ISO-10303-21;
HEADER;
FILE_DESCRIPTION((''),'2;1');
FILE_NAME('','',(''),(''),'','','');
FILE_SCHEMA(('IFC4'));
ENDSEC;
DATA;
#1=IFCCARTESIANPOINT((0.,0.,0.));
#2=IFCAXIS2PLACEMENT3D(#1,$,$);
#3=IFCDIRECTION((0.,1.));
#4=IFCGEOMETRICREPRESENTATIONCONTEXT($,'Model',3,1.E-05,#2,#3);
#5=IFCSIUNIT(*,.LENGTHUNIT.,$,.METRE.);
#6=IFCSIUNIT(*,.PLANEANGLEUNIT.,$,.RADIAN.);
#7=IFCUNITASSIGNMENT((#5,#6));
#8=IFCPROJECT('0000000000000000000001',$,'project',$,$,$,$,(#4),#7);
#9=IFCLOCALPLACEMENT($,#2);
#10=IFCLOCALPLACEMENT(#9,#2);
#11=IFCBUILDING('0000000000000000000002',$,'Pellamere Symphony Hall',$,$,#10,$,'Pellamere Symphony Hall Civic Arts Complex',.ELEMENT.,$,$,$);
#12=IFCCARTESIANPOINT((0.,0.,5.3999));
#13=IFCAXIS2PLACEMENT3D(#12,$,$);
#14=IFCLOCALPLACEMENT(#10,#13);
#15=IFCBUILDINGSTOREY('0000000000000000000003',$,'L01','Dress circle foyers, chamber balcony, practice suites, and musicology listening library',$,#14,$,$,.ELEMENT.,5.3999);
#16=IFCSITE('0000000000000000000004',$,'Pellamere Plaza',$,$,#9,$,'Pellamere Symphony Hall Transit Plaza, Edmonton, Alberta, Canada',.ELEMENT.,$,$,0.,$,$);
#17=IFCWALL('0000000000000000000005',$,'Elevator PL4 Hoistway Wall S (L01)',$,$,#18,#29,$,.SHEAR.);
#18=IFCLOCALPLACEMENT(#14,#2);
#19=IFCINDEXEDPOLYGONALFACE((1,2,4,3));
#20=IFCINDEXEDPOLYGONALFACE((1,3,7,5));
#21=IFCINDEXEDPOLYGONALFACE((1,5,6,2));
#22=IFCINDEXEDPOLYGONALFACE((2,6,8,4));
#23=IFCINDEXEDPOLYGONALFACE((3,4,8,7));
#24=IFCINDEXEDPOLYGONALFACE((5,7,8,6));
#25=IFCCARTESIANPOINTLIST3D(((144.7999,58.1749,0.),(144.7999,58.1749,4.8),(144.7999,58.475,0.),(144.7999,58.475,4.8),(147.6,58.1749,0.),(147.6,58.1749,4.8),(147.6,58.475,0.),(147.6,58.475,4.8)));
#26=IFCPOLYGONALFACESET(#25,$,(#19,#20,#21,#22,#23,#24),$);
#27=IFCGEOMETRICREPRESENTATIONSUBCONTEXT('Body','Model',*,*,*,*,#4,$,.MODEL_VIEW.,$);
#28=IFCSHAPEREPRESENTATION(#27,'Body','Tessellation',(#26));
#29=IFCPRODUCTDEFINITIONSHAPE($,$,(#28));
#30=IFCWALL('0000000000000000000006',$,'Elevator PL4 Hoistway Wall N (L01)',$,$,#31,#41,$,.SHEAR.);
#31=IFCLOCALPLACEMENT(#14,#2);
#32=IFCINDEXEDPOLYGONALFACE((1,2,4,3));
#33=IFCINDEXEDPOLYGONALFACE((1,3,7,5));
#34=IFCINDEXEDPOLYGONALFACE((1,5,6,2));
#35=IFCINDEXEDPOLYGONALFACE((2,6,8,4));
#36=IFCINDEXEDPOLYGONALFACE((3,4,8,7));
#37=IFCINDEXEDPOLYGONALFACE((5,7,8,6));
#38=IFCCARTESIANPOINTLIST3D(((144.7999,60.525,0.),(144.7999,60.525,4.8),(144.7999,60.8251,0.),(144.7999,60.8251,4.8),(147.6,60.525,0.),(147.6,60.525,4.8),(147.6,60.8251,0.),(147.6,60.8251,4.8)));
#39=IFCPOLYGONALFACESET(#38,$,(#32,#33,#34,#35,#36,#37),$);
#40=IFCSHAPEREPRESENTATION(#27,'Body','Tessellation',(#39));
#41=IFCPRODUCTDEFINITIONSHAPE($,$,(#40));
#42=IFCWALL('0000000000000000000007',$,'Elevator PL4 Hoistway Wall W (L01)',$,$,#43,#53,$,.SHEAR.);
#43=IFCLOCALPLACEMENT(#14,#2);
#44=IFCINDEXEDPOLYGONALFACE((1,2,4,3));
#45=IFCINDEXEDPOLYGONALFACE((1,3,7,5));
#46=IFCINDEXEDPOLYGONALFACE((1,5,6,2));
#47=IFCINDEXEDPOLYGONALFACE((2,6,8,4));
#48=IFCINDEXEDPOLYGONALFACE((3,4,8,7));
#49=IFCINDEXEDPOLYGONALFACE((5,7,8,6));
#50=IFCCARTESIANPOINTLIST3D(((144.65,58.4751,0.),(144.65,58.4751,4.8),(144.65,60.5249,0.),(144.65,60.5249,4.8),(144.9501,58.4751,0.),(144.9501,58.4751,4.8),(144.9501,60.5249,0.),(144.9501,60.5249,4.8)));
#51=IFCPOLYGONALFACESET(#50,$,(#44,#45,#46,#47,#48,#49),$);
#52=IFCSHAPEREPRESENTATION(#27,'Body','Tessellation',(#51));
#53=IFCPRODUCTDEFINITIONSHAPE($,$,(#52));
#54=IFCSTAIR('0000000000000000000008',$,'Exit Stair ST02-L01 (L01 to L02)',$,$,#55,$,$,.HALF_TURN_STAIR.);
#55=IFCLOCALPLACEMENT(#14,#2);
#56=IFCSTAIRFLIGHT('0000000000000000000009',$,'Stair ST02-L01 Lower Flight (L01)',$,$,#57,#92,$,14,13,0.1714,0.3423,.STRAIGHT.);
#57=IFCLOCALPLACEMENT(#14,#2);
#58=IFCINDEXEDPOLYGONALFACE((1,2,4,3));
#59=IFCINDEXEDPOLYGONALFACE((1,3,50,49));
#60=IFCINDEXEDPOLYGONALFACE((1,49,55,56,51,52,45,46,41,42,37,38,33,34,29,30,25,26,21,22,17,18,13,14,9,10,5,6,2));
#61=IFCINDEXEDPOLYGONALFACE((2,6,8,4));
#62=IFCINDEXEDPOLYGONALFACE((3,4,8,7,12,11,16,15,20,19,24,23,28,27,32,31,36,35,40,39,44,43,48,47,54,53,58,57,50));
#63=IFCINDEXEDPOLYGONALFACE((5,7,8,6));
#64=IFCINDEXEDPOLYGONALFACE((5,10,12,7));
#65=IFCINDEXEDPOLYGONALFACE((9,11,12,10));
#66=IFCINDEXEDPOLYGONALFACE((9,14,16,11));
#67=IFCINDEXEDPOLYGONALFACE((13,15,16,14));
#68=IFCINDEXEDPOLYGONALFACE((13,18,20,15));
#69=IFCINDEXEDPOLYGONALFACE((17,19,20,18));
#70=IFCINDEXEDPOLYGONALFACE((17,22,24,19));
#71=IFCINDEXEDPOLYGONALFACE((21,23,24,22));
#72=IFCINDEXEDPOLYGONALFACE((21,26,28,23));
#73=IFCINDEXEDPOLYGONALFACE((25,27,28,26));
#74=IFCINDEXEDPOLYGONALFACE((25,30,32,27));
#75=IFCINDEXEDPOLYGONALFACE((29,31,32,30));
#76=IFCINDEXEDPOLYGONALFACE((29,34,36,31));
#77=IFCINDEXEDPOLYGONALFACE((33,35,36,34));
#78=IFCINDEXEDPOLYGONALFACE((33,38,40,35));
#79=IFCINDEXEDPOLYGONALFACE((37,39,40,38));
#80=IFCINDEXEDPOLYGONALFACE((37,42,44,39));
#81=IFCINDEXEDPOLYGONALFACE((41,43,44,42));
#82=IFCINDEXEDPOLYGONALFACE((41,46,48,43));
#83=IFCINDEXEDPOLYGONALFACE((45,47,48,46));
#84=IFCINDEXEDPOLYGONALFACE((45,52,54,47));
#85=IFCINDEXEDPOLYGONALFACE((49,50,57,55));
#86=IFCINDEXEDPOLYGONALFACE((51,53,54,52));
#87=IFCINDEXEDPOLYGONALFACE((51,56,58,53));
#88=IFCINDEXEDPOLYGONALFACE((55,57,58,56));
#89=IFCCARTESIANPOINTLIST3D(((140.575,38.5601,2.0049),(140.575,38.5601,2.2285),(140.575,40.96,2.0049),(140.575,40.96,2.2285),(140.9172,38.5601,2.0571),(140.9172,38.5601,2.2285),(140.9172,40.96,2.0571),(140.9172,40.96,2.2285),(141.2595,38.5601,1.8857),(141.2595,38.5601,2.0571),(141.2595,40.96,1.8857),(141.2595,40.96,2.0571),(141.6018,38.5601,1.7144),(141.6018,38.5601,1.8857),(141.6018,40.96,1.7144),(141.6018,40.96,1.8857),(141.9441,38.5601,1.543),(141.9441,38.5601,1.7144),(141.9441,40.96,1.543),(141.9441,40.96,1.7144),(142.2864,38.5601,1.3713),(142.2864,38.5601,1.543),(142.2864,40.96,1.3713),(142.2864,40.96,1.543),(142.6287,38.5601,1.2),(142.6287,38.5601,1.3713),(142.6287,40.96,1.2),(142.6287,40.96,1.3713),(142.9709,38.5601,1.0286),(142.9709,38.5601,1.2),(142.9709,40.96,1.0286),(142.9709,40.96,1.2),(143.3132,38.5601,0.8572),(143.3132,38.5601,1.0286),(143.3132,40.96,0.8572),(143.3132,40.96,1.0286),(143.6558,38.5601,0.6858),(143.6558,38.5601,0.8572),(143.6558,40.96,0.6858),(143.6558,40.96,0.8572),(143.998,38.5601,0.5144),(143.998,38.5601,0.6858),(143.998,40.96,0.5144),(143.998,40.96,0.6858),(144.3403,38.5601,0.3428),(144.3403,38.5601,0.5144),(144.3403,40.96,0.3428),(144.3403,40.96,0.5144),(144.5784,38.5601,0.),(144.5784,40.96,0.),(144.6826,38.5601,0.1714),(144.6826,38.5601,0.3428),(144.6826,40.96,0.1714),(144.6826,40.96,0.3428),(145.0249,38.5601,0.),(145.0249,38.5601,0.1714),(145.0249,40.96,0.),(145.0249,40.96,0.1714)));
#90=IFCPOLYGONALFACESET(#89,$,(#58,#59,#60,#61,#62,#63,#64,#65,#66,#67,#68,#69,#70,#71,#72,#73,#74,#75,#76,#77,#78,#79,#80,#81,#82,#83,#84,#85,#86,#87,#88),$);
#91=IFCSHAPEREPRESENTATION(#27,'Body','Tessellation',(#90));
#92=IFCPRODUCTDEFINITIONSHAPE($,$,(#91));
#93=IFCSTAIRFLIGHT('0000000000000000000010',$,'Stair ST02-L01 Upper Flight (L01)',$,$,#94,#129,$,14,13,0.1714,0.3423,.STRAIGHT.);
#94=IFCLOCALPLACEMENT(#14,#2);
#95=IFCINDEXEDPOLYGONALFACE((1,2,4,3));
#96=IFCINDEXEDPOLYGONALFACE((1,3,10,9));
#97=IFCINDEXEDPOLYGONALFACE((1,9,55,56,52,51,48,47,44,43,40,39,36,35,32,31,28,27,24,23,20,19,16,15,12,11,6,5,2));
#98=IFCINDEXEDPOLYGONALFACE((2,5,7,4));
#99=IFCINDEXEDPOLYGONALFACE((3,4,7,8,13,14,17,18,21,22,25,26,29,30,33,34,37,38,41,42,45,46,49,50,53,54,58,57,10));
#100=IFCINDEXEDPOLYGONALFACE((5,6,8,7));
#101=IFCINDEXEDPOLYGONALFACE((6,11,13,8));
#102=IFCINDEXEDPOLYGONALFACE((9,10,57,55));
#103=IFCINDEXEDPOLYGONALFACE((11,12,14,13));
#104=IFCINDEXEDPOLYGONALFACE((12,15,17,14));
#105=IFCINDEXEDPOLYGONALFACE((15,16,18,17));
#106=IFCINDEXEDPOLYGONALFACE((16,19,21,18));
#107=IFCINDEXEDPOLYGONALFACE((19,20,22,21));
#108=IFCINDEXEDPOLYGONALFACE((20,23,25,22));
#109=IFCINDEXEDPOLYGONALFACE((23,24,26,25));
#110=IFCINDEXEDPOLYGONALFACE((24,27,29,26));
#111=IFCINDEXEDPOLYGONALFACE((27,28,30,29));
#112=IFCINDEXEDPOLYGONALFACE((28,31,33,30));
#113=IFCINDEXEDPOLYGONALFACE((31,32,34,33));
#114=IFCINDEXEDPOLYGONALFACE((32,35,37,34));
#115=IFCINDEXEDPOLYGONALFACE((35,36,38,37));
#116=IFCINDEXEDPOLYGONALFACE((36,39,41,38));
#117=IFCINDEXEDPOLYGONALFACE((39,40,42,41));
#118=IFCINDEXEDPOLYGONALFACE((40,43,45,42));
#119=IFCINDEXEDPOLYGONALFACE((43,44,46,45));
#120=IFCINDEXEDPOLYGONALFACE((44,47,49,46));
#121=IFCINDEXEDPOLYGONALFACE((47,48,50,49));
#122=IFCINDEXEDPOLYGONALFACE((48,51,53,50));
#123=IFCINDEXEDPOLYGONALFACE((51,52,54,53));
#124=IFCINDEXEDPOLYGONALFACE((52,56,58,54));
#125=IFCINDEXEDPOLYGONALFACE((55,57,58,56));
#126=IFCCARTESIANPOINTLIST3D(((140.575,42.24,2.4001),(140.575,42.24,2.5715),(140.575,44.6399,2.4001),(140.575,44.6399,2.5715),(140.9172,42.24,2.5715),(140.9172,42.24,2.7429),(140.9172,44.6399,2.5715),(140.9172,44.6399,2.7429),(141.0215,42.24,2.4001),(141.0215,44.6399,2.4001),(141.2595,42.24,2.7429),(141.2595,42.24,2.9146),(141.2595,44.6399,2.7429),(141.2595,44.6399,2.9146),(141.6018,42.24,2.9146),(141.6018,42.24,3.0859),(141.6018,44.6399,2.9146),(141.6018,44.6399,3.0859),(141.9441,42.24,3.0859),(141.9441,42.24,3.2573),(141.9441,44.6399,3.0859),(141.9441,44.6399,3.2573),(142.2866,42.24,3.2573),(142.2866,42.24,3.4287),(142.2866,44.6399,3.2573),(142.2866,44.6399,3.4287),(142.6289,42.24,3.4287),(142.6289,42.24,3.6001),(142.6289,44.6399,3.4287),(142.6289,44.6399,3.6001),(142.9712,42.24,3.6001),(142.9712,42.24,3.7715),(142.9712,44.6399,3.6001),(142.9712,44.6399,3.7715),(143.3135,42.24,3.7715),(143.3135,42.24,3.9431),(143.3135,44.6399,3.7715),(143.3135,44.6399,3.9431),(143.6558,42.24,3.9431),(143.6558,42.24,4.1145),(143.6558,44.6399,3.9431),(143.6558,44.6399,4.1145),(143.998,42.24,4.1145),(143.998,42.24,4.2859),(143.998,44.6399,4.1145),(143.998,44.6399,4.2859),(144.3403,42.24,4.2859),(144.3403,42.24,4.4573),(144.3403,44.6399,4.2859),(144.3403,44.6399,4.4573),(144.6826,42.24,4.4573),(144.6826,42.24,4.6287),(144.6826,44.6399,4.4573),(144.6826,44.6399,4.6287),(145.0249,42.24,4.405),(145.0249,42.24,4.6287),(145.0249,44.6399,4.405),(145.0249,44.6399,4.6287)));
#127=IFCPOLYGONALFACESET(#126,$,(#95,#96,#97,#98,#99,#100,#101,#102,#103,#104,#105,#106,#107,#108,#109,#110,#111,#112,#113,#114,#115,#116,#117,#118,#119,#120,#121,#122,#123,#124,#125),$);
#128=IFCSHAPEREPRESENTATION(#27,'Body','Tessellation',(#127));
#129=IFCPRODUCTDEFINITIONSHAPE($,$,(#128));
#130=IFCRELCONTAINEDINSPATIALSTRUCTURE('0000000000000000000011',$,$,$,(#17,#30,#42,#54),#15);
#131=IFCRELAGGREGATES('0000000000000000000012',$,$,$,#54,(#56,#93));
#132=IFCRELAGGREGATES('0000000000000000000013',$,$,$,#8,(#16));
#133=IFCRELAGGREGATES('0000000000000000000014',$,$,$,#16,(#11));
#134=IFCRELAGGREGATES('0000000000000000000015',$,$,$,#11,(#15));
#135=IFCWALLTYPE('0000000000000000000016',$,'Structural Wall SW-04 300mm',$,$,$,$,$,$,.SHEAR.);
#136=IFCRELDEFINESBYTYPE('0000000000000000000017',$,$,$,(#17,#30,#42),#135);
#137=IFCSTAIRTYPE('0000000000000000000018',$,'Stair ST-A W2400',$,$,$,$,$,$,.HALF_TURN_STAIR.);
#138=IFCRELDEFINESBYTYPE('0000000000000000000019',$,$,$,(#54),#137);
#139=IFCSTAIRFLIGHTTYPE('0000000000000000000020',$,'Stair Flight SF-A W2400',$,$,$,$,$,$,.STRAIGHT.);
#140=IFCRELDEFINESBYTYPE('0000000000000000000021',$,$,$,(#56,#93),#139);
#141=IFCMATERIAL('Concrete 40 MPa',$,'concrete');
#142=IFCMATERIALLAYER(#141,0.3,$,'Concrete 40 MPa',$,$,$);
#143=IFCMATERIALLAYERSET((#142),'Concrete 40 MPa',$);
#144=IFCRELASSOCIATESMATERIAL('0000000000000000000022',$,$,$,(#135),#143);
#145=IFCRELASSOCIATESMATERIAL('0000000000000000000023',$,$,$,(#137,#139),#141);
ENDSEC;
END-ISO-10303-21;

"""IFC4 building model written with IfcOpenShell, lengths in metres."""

from ifc_helpers import new_model, si_unit, direction, frame, frame_2d, origin, place, context, subcontext, project, spatial, polyline, rectangle, outline, extrude, material, layer, layer_set, type_object, element, aggregate, save


model = new_model("IFC4")

# Units and contexts
model_context = context("Model", 3, precision=1e-05, world=origin(), true_north=direction((0.0, 1.0)))
body_context = subcontext(model_context, "Body", "Model", "MODEL_VIEW")
ifc_project = project(units=[si_unit("LENGTHUNIT", "METRE"), si_unit("PLANEANGLEUNIT", "RADIAN")], contexts=[model_context])

# Site, building, storey
site_placement = place(None, origin())
site = spatial("IfcSite", under=ifc_project, at=site_placement, Name="Pellamere Plaza", LongName="Pellamere Symphony Hall Transit Plaza, Edmonton, Alberta, Canada", CompositionType="ELEMENT", RefElevation=0.0)
building_placement = place(site_placement, origin())
building = spatial("IfcBuilding", under=site, at=building_placement, Name="Pellamere Symphony Hall", LongName="Pellamere Symphony Hall Civic Arts Complex", CompositionType="ELEMENT")
storey_placement = place(building_placement, frame((0.0, 0.0, 5.3999)))
storey = spatial("IfcBuildingStorey", under=building, at=storey_placement, Name="L01", Description="Dress circle foyers, chamber balcony, practice suites, and musicology listening library", CompositionType="ELEMENT", Elevation=5.3999)

# Shared definitions
ifc_material_1 = material(Name="Concrete 40 MPa", Category="concrete")

# Walls
ifc_layer_1 = layer(ifc_material_1, 0.3, Name="Concrete 40 MPa")
ifc_layer_set_1 = layer_set([ifc_layer_1], Name="Concrete 40 MPa")
wall_type_1 = type_object("IfcWallType", Name="Structural Wall SW-04 300mm", PredefinedType="SHEAR", material=ifc_layer_set_1)
for number, where, z_axis, x_axis, name in (
    (1, (144.8, 58.325, 0.0), (0.0, 0.0, 1.0), (1.0, 0.0, 0.0), "Elevator PL4 Hoistway Wall S (L01)"),
    (2, (144.8, 60.675, 0.0), (0.0, 0.0, 1.0), (1.0, 0.0, 0.0), "Elevator PL4 Hoistway Wall N (L01)"),
):
    element("IfcWall", number, at=place(storey_placement, frame(where, z_axis=z_axis, x_axis=x_axis)), inside=storey, type_object=wall_type_1, Name=name, PredefinedType="SHEAR", context=body_context, shape_type="SweptSolid", body=[
        extrude(rectangle(XDim=2.8, YDim=0.3, at=frame_2d((1.3999, 0.0))), origin(), (0.0, 0.0, 1.0), 4.8),
    ])
wall_1_placement = place(storey_placement, frame((144.8, 58.4751, 0.0), z_axis=(0.0, 0.0, 1.0), x_axis=(0.0, 1.0, 0.0)))
element("IfcWall", 3, at=wall_1_placement, inside=storey, type_object=wall_type_1, Name="Elevator PL4 Hoistway Wall W (L01)", PredefinedType="SHEAR", context=body_context, shape_type="SweptSolid", body=[
    extrude(rectangle(XDim=2.0498, YDim=0.3, at=frame_2d((1.0249, 0.0))), origin(), (0.0, 0.0, 1.0), 4.8),
])

# Stair, stair flights
stair_type = type_object("IfcStairType", Name="Stair ST-A W2400", PredefinedType="HALF_TURN_STAIR", material=ifc_material_1)
stair_placement = place(storey_placement, origin())
stair = element("IfcStair", 4, at=stair_placement, inside=storey, type_object=stair_type, Name="Exit Stair ST02-L01 (L01 to L02)", PredefinedType="HALF_TURN_STAIR")
stair_flight_type = type_object("IfcStairFlightType", Name="Stair Flight SF-A W2400", PredefinedType="STRAIGHT", material=ifc_material_1)
stair_flight_1_placement = place(storey_placement, frame((145.0249, 39.76, 0.0), z_axis=(0.0, 0.0, 1.0), x_axis=(-1.0, 0.0, 0.0)))
stair_flight_1 = element("IfcStairFlight", 5, at=stair_flight_1_placement, type_object=stair_flight_type, Name="Stair ST02-L01 Lower Flight (L01)", NumberOfRisers=14, NumberOfTreads=13, PredefinedType="STRAIGHT", RiserHeight=0.1714, TreadLength=0.3423, context=body_context, shape_type="SweptSolid", body=[
    extrude(outline(polyline([(0.0, 0.0), (0.0, 0.1714), (0.3423, 0.1714), (0.3423, 0.3428), (0.6846, 0.3428), (0.6846, 0.5144), (1.0269, 0.5144), (1.0269, 0.6858), (1.3691, 0.6858), (1.3691, 0.8572), (1.7117, 0.8572), (1.7117, 1.0286), (2.054, 1.0286), (2.054, 1.2), (2.3962, 1.2), (2.3962, 1.3713), (2.7385, 1.3713), (2.7385, 1.543), (3.0808, 1.543), (3.0808, 1.7144), (3.4231, 1.7144), (3.4231, 1.8857), (3.7654, 1.8857), (3.7654, 2.0571), (4.1077, 2.0571), (4.1077, 2.2285), (4.45, 2.2285), (4.45, 2.3999), (4.45, 2.0049), (0.4465, 0.0), (0.0, 0.0)])), frame((0.0, 1.2, 0.0), z_axis=(0.0, -1.0, 0.0), x_axis=(1.0, 0.0, 0.0)), (0.0, 0.0, 1.0), 2.3999),
])
stair_flight_2_placement = place(storey_placement, frame((140.575, 43.4399, 2.4001), z_axis=(0.0, 0.0, 1.0), x_axis=(1.0, 0.0, 0.0)))
stair_flight_2 = element("IfcStairFlight", 6, at=stair_flight_2_placement, type_object=stair_flight_type, Name="Stair ST02-L01 Upper Flight (L01)", NumberOfRisers=14, NumberOfTreads=13, PredefinedType="STRAIGHT", RiserHeight=0.1714, TreadLength=0.3423, context=body_context, shape_type="SweptSolid", body=[
    extrude(outline(polyline([(0.0, 0.0), (0.0, 0.1714), (0.3423, 0.1714), (0.3423, 0.3428), (0.6846, 0.3428), (0.6846, 0.5144), (1.0269, 0.5144), (1.0269, 0.6858), (1.3691, 0.6858), (1.3691, 0.8572), (1.7117, 0.8572), (1.7117, 1.0286), (2.054, 1.0286), (2.054, 1.2), (2.3962, 1.2), (2.3962, 1.3713), (2.7385, 1.3713), (2.7385, 1.543), (3.0808, 1.543), (3.0808, 1.7144), (3.4231, 1.7144), (3.4231, 1.8857), (3.7654, 1.8857), (3.7654, 2.0571), (4.1077, 2.0571), (4.1077, 2.2285), (4.45, 2.2285), (4.45, 2.3999), (4.45, 2.0049), (0.4465, 0.0), (0.0, 0.0)])), frame((0.0, 1.2, 0.0), z_axis=(0.0, -1.0, 0.0), x_axis=(1.0, 0.0, 0.0)), (0.0, 0.0, 1.0), 2.3999),
])
aggregate(stair, [stair_flight_1, stair_flight_2])

save(model, "model.ifc")
